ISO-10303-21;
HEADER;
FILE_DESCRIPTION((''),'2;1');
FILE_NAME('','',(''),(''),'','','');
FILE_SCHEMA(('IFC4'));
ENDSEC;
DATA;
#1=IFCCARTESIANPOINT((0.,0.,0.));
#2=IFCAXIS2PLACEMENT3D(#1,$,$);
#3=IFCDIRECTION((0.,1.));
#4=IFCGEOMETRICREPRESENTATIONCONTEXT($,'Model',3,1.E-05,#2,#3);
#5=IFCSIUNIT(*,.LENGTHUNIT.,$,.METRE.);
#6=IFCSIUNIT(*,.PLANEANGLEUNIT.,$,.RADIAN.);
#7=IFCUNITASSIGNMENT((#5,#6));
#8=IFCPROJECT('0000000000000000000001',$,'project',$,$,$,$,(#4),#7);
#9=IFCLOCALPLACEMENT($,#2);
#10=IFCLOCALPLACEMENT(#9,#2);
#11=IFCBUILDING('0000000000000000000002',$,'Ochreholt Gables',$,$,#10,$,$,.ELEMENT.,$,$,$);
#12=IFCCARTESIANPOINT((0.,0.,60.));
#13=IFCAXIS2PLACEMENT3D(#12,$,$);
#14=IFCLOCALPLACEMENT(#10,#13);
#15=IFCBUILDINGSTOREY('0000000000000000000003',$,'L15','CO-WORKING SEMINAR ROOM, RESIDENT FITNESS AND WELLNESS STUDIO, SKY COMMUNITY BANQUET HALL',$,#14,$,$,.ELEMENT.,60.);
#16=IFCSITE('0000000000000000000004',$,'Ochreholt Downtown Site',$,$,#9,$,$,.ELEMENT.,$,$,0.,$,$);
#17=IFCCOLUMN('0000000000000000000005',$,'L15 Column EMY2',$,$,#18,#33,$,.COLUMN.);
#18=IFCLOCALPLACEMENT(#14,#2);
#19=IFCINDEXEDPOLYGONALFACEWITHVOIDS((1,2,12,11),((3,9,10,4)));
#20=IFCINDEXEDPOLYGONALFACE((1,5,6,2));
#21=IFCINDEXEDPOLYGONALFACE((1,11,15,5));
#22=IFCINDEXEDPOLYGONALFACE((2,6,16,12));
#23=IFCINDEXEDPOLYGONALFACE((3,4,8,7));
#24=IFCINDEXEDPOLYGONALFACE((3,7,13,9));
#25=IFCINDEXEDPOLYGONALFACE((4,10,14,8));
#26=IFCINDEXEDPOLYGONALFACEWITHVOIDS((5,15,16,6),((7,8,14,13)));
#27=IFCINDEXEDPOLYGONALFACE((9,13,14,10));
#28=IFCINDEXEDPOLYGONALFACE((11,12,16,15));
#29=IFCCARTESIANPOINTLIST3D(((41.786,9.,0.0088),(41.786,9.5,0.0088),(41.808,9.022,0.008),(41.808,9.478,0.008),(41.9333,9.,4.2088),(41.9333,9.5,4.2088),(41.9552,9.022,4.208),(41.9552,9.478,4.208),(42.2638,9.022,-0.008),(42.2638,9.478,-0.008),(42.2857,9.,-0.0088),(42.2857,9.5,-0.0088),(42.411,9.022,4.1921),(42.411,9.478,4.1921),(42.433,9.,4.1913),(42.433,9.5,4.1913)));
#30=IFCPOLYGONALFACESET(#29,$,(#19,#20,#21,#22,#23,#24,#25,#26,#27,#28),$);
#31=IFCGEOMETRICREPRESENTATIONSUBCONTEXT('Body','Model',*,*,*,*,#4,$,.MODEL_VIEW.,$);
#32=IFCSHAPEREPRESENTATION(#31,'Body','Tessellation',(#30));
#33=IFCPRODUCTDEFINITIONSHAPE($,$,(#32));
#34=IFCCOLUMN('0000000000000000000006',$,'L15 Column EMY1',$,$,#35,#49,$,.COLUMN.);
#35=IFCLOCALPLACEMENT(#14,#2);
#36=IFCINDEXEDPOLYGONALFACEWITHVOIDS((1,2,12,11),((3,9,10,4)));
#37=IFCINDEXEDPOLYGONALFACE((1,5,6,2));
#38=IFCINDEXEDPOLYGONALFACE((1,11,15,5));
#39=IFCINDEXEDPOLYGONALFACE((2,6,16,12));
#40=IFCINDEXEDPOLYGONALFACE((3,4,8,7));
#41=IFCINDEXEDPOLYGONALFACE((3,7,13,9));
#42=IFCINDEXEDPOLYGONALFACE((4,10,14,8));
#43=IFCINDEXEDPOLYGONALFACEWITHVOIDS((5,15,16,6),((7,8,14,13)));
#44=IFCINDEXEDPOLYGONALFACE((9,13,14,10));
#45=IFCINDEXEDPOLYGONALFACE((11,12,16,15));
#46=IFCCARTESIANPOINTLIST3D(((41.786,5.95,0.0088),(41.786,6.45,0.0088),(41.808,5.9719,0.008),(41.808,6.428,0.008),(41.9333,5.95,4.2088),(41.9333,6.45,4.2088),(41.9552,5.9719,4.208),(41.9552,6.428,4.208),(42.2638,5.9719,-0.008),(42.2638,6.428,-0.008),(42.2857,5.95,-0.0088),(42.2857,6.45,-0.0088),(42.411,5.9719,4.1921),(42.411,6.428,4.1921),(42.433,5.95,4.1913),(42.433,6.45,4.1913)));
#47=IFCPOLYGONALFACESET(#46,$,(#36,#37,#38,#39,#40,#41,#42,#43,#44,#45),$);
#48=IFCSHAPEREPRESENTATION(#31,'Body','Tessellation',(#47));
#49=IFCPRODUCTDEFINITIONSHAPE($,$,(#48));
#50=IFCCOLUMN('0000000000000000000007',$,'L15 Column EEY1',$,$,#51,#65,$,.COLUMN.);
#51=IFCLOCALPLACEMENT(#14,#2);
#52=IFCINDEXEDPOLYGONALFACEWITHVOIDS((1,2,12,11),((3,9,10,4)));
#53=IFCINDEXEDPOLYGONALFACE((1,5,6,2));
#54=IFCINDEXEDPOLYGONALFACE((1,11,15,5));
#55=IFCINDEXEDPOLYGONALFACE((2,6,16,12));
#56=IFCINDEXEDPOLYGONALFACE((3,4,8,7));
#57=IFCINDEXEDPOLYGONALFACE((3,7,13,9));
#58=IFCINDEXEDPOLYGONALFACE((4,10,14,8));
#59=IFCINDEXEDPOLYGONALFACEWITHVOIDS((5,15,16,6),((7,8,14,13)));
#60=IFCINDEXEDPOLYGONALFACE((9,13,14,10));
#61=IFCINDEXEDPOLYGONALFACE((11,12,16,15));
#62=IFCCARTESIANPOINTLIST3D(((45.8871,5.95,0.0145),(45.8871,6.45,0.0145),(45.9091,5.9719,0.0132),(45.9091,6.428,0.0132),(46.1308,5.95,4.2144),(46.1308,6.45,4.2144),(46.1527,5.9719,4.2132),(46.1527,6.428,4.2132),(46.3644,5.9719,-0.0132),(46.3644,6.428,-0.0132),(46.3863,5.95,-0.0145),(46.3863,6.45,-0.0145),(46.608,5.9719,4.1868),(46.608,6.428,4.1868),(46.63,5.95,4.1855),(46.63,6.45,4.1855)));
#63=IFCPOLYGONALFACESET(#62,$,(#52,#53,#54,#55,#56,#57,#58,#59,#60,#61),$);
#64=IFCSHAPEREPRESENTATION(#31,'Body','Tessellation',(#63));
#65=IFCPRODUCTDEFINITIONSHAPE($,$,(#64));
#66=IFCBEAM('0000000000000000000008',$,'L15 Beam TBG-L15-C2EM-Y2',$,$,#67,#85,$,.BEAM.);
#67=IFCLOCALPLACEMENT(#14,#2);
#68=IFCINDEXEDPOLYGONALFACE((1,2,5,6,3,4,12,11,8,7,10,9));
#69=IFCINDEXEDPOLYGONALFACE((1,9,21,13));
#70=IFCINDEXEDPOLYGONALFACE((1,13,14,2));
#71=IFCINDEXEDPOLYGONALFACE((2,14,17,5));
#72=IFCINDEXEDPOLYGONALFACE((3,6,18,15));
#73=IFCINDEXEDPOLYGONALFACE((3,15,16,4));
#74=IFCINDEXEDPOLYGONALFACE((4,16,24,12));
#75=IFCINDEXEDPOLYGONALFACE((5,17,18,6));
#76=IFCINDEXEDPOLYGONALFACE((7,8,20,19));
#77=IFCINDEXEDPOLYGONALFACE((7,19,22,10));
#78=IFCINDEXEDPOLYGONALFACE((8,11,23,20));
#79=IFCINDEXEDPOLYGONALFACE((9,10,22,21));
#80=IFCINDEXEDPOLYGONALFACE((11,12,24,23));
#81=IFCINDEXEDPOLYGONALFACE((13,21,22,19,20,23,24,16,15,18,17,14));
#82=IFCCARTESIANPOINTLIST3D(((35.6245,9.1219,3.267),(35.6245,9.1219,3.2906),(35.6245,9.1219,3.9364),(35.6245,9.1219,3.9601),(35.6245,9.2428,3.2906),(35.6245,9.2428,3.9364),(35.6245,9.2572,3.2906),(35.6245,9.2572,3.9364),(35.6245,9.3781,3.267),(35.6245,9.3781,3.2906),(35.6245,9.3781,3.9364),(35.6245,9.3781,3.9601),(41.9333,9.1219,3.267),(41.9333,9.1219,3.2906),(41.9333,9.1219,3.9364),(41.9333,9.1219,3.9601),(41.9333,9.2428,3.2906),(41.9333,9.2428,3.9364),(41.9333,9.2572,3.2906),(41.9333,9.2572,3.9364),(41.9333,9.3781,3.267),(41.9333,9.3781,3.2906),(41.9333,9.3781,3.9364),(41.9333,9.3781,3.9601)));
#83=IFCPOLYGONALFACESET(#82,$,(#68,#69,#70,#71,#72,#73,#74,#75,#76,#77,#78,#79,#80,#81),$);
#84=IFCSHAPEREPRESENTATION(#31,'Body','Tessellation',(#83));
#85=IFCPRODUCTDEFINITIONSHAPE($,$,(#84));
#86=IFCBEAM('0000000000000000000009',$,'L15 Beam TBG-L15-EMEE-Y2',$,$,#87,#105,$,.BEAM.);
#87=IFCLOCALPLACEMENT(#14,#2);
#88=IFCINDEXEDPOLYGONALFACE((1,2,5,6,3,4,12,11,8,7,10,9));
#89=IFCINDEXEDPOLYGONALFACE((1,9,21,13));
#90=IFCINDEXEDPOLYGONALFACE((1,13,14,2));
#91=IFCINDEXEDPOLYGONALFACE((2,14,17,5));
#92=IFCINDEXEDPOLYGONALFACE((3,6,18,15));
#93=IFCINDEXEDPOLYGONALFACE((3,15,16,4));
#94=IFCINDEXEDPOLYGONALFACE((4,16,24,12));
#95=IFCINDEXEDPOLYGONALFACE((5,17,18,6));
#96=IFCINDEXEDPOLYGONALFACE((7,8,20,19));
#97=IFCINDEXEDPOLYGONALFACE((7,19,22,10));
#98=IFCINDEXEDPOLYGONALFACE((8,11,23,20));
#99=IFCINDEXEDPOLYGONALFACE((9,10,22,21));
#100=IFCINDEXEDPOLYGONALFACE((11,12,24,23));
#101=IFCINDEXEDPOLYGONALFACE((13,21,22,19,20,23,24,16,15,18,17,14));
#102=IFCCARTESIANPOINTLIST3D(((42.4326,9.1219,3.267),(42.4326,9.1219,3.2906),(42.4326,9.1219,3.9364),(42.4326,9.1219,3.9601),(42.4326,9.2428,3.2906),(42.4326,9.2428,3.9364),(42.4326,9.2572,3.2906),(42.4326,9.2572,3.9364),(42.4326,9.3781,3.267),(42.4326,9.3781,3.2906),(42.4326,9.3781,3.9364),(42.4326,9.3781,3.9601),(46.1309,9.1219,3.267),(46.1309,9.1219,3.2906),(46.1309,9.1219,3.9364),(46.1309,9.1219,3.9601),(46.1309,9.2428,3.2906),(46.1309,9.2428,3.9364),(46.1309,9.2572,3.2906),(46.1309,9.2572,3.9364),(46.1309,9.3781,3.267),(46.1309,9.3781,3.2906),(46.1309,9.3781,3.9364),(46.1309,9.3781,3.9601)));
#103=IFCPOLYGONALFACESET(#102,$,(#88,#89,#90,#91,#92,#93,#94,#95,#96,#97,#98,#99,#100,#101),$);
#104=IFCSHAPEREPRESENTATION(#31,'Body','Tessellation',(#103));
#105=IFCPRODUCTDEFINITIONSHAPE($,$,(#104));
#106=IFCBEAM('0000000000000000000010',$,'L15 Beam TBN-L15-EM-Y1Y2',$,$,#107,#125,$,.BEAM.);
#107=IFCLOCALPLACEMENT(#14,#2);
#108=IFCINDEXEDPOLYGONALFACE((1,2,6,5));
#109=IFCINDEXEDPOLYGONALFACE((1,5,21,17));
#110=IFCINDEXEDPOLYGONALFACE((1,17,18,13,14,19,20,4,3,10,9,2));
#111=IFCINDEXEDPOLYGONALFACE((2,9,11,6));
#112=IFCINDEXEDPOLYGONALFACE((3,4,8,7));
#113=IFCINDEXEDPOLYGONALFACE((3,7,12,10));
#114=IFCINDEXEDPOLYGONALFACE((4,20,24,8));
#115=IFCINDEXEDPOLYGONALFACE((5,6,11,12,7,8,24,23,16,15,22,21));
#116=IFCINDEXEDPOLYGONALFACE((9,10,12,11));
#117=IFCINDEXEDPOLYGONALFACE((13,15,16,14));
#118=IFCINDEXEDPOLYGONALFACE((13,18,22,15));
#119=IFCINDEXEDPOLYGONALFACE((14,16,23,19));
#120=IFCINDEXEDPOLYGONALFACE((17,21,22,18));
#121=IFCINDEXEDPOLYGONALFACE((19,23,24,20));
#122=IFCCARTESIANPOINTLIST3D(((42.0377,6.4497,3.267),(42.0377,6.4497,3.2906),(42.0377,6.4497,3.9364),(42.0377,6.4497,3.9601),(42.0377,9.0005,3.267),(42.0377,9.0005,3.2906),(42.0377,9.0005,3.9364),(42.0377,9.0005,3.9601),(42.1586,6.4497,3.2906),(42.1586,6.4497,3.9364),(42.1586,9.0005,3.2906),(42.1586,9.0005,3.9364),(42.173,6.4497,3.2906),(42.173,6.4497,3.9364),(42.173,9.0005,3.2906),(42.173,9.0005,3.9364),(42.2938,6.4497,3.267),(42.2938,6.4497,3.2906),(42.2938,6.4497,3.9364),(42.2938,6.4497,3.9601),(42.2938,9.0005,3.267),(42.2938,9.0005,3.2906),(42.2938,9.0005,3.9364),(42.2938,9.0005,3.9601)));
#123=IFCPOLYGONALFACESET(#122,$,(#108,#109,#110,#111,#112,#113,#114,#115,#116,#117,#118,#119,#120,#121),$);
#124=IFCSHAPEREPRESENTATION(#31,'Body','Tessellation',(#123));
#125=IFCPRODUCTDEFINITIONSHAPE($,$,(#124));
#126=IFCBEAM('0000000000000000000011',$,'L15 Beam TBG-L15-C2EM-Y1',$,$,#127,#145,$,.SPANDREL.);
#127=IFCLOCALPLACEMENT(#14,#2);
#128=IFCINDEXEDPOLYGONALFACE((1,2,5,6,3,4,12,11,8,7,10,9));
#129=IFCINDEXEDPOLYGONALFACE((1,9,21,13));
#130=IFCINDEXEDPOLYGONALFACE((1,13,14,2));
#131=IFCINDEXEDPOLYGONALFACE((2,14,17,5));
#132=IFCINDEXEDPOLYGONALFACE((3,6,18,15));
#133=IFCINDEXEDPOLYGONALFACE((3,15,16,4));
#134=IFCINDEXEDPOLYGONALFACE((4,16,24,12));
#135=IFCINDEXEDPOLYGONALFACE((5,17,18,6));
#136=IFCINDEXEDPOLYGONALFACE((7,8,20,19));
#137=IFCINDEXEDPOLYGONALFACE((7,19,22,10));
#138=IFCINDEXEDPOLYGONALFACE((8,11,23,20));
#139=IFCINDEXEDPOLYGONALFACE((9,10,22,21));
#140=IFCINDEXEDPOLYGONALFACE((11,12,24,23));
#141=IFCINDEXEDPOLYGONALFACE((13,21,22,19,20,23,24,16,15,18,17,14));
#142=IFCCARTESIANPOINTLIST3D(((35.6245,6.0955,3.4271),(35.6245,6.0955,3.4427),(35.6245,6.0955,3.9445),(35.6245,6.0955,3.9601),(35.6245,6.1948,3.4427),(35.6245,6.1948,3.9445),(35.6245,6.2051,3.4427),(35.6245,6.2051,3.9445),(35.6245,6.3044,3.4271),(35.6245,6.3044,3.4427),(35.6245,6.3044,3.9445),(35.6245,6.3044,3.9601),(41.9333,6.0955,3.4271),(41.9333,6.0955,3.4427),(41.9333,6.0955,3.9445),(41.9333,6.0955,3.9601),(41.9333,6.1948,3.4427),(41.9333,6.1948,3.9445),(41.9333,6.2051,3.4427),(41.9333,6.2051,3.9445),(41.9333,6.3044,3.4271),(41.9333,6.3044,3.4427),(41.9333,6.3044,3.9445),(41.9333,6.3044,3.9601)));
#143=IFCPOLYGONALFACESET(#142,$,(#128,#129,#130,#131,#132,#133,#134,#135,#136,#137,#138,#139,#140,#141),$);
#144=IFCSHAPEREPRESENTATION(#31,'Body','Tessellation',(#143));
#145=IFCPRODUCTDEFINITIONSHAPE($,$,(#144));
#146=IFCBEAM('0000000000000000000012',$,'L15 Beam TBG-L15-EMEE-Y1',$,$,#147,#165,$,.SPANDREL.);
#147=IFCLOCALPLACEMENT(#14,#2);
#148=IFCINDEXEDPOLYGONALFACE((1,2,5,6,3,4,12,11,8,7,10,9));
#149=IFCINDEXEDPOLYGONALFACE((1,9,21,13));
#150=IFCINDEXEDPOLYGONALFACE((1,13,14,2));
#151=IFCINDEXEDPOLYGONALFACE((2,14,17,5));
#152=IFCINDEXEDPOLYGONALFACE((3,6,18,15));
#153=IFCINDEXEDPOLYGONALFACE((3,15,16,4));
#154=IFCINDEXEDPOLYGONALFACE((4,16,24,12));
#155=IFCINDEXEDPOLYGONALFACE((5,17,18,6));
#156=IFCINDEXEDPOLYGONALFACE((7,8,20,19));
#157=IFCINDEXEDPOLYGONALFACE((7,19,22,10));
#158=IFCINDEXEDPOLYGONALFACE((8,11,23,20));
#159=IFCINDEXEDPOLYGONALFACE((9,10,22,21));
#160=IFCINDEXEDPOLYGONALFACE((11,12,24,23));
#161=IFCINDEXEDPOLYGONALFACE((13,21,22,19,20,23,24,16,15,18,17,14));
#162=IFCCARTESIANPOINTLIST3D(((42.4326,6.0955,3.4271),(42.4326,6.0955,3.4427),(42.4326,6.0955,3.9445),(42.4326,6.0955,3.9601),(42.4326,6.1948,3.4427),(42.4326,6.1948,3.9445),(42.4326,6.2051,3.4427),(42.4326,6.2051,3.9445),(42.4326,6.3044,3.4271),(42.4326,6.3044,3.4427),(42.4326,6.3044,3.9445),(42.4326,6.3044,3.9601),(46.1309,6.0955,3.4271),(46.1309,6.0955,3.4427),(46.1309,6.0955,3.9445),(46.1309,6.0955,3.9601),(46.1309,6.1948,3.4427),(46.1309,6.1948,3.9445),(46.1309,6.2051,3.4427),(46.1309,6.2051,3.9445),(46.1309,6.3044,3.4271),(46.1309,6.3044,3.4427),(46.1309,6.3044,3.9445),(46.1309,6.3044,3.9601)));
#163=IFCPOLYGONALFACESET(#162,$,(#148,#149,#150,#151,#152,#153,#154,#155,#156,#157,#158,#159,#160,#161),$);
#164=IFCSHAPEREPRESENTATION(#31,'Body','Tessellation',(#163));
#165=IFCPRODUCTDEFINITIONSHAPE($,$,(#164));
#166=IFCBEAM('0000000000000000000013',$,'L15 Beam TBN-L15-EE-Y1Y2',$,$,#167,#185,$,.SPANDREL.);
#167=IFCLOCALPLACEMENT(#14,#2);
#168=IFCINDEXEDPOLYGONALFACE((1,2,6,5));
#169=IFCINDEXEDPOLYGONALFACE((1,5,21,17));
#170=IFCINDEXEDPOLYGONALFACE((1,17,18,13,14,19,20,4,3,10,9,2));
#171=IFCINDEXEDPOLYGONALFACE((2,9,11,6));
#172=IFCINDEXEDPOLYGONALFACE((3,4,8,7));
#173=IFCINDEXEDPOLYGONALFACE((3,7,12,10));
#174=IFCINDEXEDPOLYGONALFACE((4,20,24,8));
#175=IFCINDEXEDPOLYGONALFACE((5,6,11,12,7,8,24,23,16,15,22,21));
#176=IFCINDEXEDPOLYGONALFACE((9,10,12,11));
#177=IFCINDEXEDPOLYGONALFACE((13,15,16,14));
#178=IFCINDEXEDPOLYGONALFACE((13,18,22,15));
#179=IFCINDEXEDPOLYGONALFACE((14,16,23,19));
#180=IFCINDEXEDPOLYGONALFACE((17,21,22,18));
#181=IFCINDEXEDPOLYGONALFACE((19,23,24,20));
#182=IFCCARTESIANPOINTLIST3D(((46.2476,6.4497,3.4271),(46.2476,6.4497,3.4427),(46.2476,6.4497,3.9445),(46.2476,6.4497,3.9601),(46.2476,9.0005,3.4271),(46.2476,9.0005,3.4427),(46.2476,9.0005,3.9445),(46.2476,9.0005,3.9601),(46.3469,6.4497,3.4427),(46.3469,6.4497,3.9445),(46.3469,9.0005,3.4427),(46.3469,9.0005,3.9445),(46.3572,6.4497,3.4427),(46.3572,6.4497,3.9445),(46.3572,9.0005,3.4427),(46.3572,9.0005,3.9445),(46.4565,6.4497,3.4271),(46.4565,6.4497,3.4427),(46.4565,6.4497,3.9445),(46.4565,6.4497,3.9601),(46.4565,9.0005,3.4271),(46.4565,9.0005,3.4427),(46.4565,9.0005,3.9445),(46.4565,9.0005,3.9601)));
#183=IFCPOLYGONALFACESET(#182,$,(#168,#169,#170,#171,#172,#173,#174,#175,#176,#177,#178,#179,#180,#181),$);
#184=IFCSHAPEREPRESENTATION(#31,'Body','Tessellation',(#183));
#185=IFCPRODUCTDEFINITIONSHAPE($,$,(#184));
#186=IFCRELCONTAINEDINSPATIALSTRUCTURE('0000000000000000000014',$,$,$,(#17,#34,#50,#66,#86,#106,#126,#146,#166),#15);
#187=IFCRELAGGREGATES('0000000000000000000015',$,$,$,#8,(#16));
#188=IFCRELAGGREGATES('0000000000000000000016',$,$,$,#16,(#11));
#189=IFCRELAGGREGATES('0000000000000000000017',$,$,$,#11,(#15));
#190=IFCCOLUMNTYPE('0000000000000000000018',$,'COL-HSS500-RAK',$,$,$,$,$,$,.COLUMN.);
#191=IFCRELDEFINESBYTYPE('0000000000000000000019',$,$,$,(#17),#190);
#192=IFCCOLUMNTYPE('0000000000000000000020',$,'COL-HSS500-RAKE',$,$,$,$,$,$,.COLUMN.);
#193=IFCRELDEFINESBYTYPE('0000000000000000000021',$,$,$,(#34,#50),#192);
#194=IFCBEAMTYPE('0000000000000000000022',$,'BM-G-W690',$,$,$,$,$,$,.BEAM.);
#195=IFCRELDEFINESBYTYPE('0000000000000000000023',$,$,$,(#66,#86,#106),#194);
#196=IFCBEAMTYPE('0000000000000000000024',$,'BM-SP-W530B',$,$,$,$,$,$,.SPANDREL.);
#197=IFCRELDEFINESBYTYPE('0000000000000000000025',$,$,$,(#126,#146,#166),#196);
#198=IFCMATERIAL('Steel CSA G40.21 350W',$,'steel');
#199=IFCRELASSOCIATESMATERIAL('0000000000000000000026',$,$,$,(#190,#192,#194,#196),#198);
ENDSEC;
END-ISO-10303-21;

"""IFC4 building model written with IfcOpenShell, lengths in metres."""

from ifc_helpers import new_model, si_unit, direction, frame, origin, origin_2d, place, context, subcontext, project, spatial, hollow_rectangle, i_section, extrude, material, material_profile, profile_set, type_object, element, save


model = new_model("IFC4")

# Units and contexts
model_context = context("Model", 3, precision=1e-05, world=origin(), true_north=direction((0.0, 1.0)))
body_context = subcontext(model_context, "Body", "Model", "MODEL_VIEW")
ifc_project = project(units=[si_unit("LENGTHUNIT", "METRE"), si_unit("PLANEANGLEUNIT", "RADIAN")], contexts=[model_context])

# Site, building, storey
site_placement = place(None, origin())
site = spatial("IfcSite", under=ifc_project, at=site_placement, Name="Ochreholt Downtown Site", CompositionType="ELEMENT", RefElevation=0.0)
building_placement = place(site_placement, origin())
building = spatial("IfcBuilding", under=site, at=building_placement, Name="Ochreholt Gables", CompositionType="ELEMENT")
storey_placement = place(building_placement, frame((0.0, 0.0, 60.0)))
storey = spatial("IfcBuildingStorey", under=building, at=storey_placement, Name="L15", Description="CO-WORKING SEMINAR ROOM, RESIDENT FITNESS AND WELLNESS STUDIO, SKY COMMUNITY BANQUET HALL", CompositionType="ELEMENT", Elevation=60.0)

# Columns
ifc_material_1 = material(Name="Steel CSA G40.21 350W", Category="steel")
ifc_material_profile_1 = material_profile(ifc_material_1, hollow_rectangle(XDim=0.5, YDim=0.5, WallThickness=0.022, at=origin_2d()), Name="HSS500X500X22")
ifc_profile_set_1 = profile_set([ifc_material_profile_1], Name="Steel CSA G40.21 350W")
column_type_1 = type_object("IfcColumnType", Name="COL-HSS500-RAK", PredefinedType="COLUMN", material=ifc_profile_set_1)
column_1_placement = place(storey_placement, frame((42.0359, 9.25, 0.0), z_axis=(0.035031, 0.0, 0.999386), x_axis=(0.0, 1.0, 0.0)))
element("IfcColumn", 1, at=column_1_placement, inside=storey, type_object=column_type_1, Name="L15 Column EMY2", PredefinedType="COLUMN", context=body_context, shape_type="SweptSolid", body=[
    extrude(hollow_rectangle(XDim=0.5, YDim=0.5, WallThickness=0.022, at=origin_2d()), origin(), (0.0, 0.0, 1.0), 4.2026),
])
ifc_material_profile_2 = material_profile(ifc_material_1, hollow_rectangle(XDim=0.5, YDim=0.5, WallThickness=0.022, at=origin_2d()), Name="HSS500X500X22")
ifc_profile_set_2 = profile_set([ifc_material_profile_2], Name="Steel CSA G40.21 350W")
column_type_2 = type_object("IfcColumnType", Name="COL-HSS500-RAKE", PredefinedType="COLUMN", material=ifc_profile_set_2)
column_2_placement = place(storey_placement, frame((42.0359, 6.2, 0.0), z_axis=(0.035031, 0.0, 0.999386), x_axis=(0.0, 1.0, 0.0)))
element("IfcColumn", 2, at=column_2_placement, inside=storey, type_object=column_type_2, Name="L15 Column EMY1", PredefinedType="COLUMN", context=body_context, shape_type="SweptSolid", body=[
    extrude(hollow_rectangle(XDim=0.5, YDim=0.5, WallThickness=0.022, at=origin_2d()), origin(), (0.0, 0.0, 1.0), 4.2026),
])
column_3_placement = place(storey_placement, frame((46.1367, 6.2, 0.0), z_axis=(0.057916, 0.0, 0.998321), x_axis=(0.0, 1.0, 0.0)))
element("IfcColumn", 3, at=column_3_placement, inside=storey, type_object=column_type_2, Name="L15 Column EEY1", PredefinedType="COLUMN", context=body_context, shape_type="SweptSolid", body=[
    extrude(hollow_rectangle(XDim=0.5, YDim=0.5, WallThickness=0.022, at=origin_2d()), origin(), (0.0, 0.0, 1.0), 4.207),
])

# Beams
ifc_material_profile_3 = material_profile(ifc_material_1, i_section(OverallWidth=0.2561, OverallDepth=0.6931, WebThickness=0.0144, FlangeThickness=0.0237, at=origin_2d()), Name="W690X170")
ifc_profile_set_3 = profile_set([ifc_material_profile_3], Name="Steel CSA G40.21 350W")
beam_type_1 = type_object("IfcBeamType", Name="BM-G-W690", PredefinedType="BEAM", material=ifc_profile_set_3)
beam_1_placement = place(storey_placement, frame((35.6245, 9.25, 3.6135), z_axis=(1.0, 0.0, 0.0), x_axis=(0.0, 1.0, 0.0)))
element("IfcBeam", 4, at=beam_1_placement, inside=storey, type_object=beam_type_1, Name="L15 Beam TBG-L15-C2EM-Y2", PredefinedType="BEAM", context=body_context, shape_type="SweptSolid", body=[
    extrude(i_section(OverallWidth=0.2561, OverallDepth=0.6931, WebThickness=0.0144, FlangeThickness=0.0237, at=origin_2d()), origin(), (0.0, 0.0, 1.0), 6.3088),
])
beam_2_placement = place(storey_placement, frame((42.4326, 9.25, 3.6135), z_axis=(1.0, 0.0, 0.0), x_axis=(0.0, 1.0, 0.0)))
element("IfcBeam", 5, at=beam_2_placement, inside=storey, type_object=beam_type_1, Name="L15 Beam TBG-L15-EMEE-Y2", PredefinedType="BEAM", context=body_context, shape_type="SweptSolid", body=[
    extrude(i_section(OverallWidth=0.2561, OverallDepth=0.6931, WebThickness=0.0144, FlangeThickness=0.0237, at=origin_2d()), origin(), (0.0, 0.0, 1.0), 3.6982),
])
beam_3_placement = place(storey_placement, frame((42.1658, 6.4497, 3.6135), z_axis=(0.0, 1.0, 0.0), x_axis=(-1.0, 0.0, 0.0)))
element("IfcBeam", 6, at=beam_3_placement, inside=storey, type_object=beam_type_1, Name="L15 Beam TBN-L15-EM-Y1Y2", PredefinedType="BEAM", context=body_context, shape_type="SweptSolid", body=[
    extrude(i_section(OverallWidth=0.2561, OverallDepth=0.6931, WebThickness=0.0144, FlangeThickness=0.0237, at=origin_2d()), origin(), (0.0, 0.0, 1.0), 2.5508),
])
ifc_material_profile_4 = material_profile(ifc_material_1, i_section(OverallWidth=0.209, OverallDepth=0.533, WebThickness=0.0103, FlangeThickness=0.0156, at=origin_2d()), Name="W530X92")
ifc_profile_set_4 = profile_set([ifc_material_profile_4], Name="Steel CSA G40.21 350W")
beam_type_2 = type_object("IfcBeamType", Name="BM-SP-W530B", PredefinedType="SPANDREL", material=ifc_profile_set_4)
beam_4_placement = place(storey_placement, frame((35.6245, 6.2, 3.6936), z_axis=(1.0, 0.0, 0.0), x_axis=(0.0, 1.0, 0.0)))
element("IfcBeam", 7, at=beam_4_placement, inside=storey, type_object=beam_type_2, Name="L15 Beam TBG-L15-C2EM-Y1", PredefinedType="SPANDREL", context=body_context, shape_type="SweptSolid", body=[
    extrude(i_section(OverallWidth=0.209, OverallDepth=0.533, WebThickness=0.0103, FlangeThickness=0.0156, at=origin_2d()), origin(), (0.0, 0.0, 1.0), 6.3088),
])
beam_5_placement = place(storey_placement, frame((42.4326, 6.2, 3.6936), z_axis=(1.0, 0.0, 0.0), x_axis=(0.0, 1.0, 0.0)))
element("IfcBeam", 8, at=beam_5_placement, inside=storey, type_object=beam_type_2, Name="L15 Beam TBG-L15-EMEE-Y1", PredefinedType="SPANDREL", context=body_context, shape_type="SweptSolid", body=[
    extrude(i_section(OverallWidth=0.209, OverallDepth=0.533, WebThickness=0.0103, FlangeThickness=0.0156, at=origin_2d()), origin(), (0.0, 0.0, 1.0), 3.6982),
])
beam_6_placement = place(storey_placement, frame((46.3521, 6.4497, 3.6936), z_axis=(0.0, 1.0, 0.0), x_axis=(-1.0, 0.0, 0.0)))
element("IfcBeam", 9, at=beam_6_placement, inside=storey, type_object=beam_type_2, Name="L15 Beam TBN-L15-EE-Y1Y2", PredefinedType="SPANDREL", context=body_context, shape_type="SweptSolid", body=[
    extrude(i_section(OverallWidth=0.209, OverallDepth=0.533, WebThickness=0.0103, FlangeThickness=0.0156, at=origin_2d()), origin(), (0.0, 0.0, 1.0), 2.5508),
])

save(model, "model.ifc")
